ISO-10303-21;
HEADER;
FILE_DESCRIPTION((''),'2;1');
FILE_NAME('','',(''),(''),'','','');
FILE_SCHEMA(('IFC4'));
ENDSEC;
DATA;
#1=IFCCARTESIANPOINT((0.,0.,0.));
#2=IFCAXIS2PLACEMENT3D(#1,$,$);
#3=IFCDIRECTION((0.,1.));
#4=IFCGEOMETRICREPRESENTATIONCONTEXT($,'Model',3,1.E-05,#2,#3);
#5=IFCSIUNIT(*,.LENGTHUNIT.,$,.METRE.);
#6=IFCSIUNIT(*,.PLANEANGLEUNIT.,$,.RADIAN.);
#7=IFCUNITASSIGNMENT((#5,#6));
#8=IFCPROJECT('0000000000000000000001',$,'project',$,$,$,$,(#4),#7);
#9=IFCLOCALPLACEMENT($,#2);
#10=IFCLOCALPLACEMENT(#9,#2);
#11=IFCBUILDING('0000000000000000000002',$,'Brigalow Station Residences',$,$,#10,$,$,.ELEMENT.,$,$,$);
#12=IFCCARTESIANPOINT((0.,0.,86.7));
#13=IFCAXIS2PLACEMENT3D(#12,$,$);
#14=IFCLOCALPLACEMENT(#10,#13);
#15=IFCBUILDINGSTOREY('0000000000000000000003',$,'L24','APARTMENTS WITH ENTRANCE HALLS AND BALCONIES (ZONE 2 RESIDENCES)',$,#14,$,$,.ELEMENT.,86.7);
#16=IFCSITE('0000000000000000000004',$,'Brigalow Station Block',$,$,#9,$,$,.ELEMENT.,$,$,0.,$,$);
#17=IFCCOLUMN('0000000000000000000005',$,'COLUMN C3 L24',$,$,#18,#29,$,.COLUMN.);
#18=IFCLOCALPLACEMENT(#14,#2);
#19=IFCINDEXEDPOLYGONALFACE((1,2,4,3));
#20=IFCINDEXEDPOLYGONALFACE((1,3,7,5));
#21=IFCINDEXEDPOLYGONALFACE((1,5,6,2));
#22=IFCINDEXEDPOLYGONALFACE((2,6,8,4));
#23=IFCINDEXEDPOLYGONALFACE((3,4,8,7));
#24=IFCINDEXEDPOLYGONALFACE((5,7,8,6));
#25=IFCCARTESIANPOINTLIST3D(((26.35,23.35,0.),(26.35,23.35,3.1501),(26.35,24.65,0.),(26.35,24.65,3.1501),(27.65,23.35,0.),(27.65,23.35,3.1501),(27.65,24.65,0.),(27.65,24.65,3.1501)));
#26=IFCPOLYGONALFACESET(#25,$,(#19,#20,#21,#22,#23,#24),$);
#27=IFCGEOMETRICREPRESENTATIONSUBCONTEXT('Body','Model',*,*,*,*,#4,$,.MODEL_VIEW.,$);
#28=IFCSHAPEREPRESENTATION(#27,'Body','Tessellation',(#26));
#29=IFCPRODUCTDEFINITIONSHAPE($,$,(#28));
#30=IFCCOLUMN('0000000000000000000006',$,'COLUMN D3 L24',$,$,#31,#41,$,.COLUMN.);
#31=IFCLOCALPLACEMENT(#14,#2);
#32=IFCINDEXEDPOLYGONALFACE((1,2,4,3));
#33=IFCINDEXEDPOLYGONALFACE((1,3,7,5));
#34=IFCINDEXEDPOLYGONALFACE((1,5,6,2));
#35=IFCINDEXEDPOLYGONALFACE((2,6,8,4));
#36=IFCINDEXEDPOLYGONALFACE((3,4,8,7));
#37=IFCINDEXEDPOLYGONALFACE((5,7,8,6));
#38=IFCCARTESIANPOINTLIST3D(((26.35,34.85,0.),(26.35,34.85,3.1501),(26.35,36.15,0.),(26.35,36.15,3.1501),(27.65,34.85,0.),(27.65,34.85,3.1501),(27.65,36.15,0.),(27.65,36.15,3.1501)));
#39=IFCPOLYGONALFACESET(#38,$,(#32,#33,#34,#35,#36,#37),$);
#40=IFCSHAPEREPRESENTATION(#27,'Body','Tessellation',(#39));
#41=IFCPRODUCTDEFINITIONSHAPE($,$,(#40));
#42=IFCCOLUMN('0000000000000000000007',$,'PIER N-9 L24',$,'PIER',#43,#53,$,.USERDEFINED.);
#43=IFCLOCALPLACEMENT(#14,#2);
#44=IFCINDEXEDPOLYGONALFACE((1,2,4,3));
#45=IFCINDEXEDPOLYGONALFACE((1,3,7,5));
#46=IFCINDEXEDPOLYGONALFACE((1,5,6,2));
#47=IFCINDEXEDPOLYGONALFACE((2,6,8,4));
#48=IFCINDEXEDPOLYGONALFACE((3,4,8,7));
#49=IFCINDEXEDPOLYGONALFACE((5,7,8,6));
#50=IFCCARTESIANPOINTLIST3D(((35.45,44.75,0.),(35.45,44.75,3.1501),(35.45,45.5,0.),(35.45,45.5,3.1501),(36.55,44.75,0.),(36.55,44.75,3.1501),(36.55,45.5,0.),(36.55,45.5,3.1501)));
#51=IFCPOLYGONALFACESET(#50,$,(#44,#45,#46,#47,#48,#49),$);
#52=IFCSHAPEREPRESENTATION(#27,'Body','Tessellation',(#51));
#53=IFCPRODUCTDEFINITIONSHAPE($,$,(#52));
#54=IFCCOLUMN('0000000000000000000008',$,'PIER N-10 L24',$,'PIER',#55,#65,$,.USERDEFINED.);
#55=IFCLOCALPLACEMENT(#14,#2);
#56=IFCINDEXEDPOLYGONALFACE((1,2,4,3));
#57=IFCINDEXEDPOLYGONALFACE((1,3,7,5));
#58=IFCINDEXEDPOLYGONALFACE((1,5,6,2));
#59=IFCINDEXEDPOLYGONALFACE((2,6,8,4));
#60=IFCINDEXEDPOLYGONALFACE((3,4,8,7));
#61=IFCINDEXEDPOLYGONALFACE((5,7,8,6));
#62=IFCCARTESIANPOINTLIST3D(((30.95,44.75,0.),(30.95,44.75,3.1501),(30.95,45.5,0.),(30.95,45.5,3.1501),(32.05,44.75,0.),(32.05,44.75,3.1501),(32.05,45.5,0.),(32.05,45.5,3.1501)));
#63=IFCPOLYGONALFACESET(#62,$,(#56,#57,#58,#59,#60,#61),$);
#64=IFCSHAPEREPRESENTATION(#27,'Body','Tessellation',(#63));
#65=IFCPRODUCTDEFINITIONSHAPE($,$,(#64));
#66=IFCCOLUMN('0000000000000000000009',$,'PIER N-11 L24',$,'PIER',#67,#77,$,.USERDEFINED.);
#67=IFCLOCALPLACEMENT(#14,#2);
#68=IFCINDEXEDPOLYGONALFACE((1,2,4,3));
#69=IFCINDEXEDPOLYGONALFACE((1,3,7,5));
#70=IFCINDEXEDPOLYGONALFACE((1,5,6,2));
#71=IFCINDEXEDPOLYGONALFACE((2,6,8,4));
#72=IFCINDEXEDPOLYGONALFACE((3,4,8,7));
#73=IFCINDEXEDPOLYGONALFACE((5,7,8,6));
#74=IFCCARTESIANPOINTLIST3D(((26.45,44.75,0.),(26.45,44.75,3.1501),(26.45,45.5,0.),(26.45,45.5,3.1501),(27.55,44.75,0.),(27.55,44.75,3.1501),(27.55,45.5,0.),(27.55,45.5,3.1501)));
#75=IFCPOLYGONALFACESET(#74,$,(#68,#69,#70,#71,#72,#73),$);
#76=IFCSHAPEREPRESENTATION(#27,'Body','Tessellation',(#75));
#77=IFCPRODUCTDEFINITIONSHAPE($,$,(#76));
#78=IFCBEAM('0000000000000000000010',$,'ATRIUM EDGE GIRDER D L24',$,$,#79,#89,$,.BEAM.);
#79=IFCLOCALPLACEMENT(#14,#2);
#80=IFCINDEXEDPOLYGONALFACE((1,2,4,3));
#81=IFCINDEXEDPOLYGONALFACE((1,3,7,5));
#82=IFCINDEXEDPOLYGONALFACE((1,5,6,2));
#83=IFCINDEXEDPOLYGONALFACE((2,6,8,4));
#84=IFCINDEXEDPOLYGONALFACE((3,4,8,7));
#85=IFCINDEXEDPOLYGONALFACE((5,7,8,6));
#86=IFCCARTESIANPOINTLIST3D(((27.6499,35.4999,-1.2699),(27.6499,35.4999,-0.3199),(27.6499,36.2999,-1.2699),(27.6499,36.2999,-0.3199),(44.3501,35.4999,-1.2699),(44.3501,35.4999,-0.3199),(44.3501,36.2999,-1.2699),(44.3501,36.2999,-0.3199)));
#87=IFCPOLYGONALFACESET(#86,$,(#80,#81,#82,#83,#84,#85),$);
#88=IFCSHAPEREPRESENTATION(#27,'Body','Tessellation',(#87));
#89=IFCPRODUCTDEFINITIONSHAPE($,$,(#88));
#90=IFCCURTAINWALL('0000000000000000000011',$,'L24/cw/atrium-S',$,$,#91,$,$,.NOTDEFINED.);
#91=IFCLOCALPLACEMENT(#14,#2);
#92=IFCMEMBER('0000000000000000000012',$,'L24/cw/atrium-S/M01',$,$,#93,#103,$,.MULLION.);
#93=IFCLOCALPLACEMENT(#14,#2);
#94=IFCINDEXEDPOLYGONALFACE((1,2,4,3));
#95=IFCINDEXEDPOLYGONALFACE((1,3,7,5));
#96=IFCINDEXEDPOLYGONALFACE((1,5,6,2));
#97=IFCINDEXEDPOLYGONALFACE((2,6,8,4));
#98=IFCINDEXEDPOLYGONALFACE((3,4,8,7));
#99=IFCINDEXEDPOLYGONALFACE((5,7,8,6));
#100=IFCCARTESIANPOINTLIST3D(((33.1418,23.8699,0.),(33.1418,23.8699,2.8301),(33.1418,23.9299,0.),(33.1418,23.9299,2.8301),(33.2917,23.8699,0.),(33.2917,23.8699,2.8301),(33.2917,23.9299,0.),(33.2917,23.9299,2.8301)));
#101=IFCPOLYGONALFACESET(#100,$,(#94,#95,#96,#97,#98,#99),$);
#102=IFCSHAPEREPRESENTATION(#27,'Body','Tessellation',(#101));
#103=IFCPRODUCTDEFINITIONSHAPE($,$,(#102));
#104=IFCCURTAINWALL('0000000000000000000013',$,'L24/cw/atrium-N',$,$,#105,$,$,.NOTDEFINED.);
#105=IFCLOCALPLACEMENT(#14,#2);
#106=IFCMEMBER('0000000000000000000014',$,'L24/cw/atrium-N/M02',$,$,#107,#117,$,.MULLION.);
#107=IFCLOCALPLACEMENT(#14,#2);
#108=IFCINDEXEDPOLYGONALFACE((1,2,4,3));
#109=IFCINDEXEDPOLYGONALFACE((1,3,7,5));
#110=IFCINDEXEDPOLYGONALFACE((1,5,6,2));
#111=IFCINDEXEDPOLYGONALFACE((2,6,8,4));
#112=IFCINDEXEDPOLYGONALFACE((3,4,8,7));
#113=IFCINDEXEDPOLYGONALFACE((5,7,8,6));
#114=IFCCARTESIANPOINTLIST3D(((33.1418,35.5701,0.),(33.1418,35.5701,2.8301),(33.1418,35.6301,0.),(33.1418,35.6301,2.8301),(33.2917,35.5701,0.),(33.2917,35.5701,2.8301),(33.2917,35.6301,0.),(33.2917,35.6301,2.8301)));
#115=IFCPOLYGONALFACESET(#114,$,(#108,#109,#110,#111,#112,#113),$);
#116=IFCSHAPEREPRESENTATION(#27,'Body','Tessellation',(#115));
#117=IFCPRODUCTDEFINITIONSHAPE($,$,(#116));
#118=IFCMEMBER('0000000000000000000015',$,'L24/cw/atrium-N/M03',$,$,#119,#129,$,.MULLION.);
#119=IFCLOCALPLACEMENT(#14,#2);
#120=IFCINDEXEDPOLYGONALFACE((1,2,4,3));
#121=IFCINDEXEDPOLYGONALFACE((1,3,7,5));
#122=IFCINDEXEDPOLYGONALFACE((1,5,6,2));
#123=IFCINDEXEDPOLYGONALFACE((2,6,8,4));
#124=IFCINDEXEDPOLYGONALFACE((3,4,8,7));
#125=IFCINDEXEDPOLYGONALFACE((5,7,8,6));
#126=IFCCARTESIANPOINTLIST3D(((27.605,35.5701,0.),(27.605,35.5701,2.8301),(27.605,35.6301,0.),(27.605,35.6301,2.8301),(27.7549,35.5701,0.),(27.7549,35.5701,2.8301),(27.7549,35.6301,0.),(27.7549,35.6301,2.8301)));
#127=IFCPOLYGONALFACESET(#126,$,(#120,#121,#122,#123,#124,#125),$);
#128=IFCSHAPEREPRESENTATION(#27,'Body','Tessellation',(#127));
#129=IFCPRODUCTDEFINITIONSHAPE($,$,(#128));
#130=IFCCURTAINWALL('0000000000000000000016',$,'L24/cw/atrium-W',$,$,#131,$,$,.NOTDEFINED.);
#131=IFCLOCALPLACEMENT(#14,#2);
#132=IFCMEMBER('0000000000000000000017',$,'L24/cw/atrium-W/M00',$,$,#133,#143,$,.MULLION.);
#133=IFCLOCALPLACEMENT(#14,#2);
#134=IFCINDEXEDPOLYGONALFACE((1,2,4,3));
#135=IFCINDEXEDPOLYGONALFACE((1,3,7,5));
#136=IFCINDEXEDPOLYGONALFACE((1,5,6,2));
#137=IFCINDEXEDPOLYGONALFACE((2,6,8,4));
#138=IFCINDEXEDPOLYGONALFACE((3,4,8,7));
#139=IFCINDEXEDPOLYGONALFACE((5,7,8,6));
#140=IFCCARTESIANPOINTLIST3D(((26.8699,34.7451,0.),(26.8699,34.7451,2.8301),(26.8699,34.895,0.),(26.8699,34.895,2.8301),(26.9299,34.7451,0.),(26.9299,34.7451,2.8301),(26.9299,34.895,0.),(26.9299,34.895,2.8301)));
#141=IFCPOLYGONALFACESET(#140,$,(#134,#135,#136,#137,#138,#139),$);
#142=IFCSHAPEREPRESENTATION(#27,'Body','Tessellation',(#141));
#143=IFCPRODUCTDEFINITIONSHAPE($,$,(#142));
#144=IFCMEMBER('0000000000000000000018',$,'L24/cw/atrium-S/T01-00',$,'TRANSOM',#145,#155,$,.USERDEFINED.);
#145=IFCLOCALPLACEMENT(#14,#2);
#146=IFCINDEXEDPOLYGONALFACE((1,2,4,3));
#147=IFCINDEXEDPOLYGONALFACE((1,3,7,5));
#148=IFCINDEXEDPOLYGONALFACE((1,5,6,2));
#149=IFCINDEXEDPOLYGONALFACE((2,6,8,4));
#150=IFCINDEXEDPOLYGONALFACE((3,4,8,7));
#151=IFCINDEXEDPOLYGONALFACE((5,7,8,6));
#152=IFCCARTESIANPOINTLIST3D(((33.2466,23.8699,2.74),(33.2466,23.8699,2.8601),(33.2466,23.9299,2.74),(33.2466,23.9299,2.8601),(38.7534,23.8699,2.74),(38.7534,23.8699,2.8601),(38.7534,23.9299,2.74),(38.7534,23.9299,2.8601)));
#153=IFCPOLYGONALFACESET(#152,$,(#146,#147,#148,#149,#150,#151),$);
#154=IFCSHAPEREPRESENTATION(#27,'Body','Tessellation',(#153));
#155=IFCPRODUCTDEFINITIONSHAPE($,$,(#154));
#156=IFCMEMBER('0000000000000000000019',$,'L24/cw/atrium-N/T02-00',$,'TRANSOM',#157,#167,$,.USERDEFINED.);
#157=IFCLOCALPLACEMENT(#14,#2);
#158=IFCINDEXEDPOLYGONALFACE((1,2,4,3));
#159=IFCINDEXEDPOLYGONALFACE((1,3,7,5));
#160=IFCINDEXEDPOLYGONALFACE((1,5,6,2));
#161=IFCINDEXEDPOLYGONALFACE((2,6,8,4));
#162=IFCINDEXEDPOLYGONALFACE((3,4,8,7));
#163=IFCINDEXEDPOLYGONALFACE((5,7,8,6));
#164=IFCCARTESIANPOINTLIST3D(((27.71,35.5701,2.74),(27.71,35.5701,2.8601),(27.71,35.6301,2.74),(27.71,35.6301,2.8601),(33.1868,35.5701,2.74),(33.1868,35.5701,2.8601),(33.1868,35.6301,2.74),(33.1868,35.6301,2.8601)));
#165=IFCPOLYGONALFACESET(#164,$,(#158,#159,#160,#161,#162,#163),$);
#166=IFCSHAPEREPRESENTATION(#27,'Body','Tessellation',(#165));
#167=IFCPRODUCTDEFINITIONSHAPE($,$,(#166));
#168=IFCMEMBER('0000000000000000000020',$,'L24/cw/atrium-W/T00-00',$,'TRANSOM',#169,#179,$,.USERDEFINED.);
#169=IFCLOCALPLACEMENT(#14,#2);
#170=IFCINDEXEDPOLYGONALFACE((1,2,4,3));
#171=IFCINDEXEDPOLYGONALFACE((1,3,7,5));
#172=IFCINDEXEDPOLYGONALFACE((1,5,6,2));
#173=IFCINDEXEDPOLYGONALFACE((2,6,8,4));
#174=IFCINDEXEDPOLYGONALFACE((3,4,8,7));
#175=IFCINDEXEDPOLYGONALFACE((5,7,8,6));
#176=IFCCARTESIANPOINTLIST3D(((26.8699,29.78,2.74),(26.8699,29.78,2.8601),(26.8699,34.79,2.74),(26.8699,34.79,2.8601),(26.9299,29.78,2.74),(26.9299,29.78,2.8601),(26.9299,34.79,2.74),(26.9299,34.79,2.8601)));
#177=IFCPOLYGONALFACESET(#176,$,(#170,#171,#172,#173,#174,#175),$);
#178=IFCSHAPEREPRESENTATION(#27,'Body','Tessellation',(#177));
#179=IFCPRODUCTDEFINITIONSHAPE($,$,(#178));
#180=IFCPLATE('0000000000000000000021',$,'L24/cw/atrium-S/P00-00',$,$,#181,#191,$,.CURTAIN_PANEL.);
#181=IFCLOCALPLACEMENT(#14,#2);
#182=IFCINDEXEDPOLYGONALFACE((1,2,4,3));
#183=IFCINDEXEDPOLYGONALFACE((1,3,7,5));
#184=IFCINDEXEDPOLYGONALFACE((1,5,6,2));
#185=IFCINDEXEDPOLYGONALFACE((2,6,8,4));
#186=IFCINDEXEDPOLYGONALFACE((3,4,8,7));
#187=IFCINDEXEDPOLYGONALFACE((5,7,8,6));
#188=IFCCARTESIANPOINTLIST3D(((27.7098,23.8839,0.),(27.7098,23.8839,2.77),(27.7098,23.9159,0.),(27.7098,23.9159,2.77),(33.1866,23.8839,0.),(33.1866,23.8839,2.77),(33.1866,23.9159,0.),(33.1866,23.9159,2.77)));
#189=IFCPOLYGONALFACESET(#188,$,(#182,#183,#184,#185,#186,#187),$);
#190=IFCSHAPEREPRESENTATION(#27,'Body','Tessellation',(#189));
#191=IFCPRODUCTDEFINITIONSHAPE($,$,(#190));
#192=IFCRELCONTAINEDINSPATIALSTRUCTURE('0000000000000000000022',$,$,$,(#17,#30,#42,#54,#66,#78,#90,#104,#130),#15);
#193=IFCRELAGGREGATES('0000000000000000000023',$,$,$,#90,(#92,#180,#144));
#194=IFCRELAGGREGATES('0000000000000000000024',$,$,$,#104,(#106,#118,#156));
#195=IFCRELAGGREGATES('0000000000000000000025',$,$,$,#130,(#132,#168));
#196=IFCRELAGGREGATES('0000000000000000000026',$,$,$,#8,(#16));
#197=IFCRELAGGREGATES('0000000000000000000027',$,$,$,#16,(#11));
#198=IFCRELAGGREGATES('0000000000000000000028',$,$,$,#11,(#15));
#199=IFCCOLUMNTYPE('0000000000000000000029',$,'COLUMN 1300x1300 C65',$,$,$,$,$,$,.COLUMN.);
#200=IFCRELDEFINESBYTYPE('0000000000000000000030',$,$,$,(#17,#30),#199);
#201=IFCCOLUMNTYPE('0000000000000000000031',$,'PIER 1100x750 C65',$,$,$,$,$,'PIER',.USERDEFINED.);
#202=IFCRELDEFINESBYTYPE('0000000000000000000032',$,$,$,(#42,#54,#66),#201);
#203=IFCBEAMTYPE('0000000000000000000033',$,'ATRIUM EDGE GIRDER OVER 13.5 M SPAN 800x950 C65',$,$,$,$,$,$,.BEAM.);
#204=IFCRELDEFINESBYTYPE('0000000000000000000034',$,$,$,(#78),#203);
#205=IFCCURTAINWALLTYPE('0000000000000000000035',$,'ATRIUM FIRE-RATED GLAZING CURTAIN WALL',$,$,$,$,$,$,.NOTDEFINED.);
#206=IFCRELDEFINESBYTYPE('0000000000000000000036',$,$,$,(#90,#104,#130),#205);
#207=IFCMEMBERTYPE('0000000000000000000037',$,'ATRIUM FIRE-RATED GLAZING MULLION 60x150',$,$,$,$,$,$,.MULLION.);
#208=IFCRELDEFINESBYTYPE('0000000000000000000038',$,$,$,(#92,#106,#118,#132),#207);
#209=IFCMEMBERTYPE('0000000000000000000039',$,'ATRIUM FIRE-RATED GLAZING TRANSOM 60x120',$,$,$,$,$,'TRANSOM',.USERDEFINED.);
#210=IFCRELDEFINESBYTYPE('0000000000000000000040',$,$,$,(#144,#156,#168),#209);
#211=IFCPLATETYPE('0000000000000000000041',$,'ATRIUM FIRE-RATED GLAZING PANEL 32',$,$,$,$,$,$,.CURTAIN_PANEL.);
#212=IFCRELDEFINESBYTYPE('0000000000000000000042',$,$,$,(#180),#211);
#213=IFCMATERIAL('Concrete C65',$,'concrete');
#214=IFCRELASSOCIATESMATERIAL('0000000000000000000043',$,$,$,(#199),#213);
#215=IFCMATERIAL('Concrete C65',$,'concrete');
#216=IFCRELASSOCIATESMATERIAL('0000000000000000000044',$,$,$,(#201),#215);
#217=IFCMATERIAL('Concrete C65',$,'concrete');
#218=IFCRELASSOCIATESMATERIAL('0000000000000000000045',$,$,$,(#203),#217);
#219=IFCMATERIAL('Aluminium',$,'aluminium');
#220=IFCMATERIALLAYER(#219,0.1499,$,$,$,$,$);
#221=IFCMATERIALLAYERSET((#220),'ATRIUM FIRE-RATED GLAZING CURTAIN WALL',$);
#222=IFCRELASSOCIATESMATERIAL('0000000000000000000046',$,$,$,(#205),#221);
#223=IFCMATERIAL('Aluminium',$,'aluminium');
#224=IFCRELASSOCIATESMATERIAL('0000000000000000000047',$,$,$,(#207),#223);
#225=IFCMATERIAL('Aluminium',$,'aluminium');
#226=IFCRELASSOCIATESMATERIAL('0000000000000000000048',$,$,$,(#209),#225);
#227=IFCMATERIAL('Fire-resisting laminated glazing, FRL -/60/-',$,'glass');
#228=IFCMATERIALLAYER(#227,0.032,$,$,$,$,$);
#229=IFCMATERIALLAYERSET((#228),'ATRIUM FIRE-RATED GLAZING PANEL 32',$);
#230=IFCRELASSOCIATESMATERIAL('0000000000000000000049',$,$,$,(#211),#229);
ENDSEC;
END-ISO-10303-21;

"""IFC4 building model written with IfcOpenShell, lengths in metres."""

from ifc_helpers import new_model, si_unit, direction, frame, origin, origin_2d, place, context, subcontext, project, spatial, rectangle, extrude, material, layer, layer_set, material_profile, profile_set, type_object, element, aggregate, save


model = new_model("IFC4")

# Units and contexts
model_context = context("Model", 3, precision=1e-05, world=origin(), true_north=direction((0.0, 1.0)))
body_context = subcontext(model_context, "Body", "Model", "MODEL_VIEW")
ifc_project = project(units=[si_unit("LENGTHUNIT", "METRE"), si_unit("PLANEANGLEUNIT", "RADIAN")], contexts=[model_context])

# Site, building, storey
site_placement = place(None, origin())
site = spatial("IfcSite", under=ifc_project, at=site_placement, Name="Brigalow Station Block", CompositionType="ELEMENT", RefElevation=0.0)
building_placement = place(site_placement, origin())
building = spatial("IfcBuilding", under=site, at=building_placement, Name="Brigalow Station Residences", CompositionType="ELEMENT")
storey_placement = place(building_placement, frame((0.0, 0.0, 86.7)))
storey = spatial("IfcBuildingStorey", under=building, at=storey_placement, Name="L24", Description="APARTMENTS WITH ENTRANCE HALLS AND BALCONIES (ZONE 2 RESIDENCES)", CompositionType="ELEMENT", Elevation=86.7)

# Columns
ifc_material_1 = material(Name="Concrete C65", Category="concrete")
ifc_material_profile_1 = material_profile(ifc_material_1, rectangle(XDim=1.3, YDim=1.3, at=origin_2d()), Name="RC1300x1300")
ifc_profile_set_1 = profile_set([ifc_material_profile_1], Name="Concrete C65")
column_type_1 = type_object("IfcColumnType", Name="COLUMN 1300x1300 C65", PredefinedType="COLUMN", material=ifc_profile_set_1)
for number, where, z_axis, x_axis, name in (
    (1, (27.0, 24.0, 0.0), (0.0, 0.0, 1.0), (1.0, 0.0, 0.0), "COLUMN C3 L24"),
    (2, (27.0, 35.5, 0.0), (0.0, 0.0, 1.0), (1.0, 0.0, 0.0), "COLUMN D3 L24"),
):
    element("IfcColumn", number, at=place(storey_placement, frame(where, z_axis=z_axis, x_axis=x_axis)), inside=storey, type_object=column_type_1, Name=name, PredefinedType="COLUMN", context=body_context, shape_type="SweptSolid", body=[
        extrude(rectangle(XDim=1.3, YDim=1.3, at=origin_2d()), origin(), (0.0, 0.0, 1.0), 3.1501),
    ])
ifc_material_2 = material(Name="Concrete C65", Category="concrete")
ifc_material_profile_2 = material_profile(ifc_material_2, rectangle(XDim=1.1001, YDim=0.75, at=origin_2d()), Name="RC1100x750")
ifc_profile_set_2 = profile_set([ifc_material_profile_2], Name="Concrete C65")
column_type_2 = type_object("IfcColumnType", Name="PIER 1100x750 C65", ElementType="PIER", PredefinedType="USERDEFINED", material=ifc_profile_set_2)
for number, where, z_axis, x_axis, name in (
    (3, (36.0, 45.125, 0.0), (0.0, 0.0, 1.0), (-1.0, 0.0, 0.0), "PIER N-9 L24"),
    (4, (31.5, 45.125, 0.0), (0.0, 0.0, 1.0), (-1.0, 0.0, 0.0), "PIER N-10 L24"),
    (5, (27.0, 45.125, 0.0), (0.0, 0.0, 1.0), (-1.0, 0.0, 0.0), "PIER N-11 L24"),
):
    element("IfcColumn", number, at=place(storey_placement, frame(where, z_axis=z_axis, x_axis=x_axis)), inside=storey, type_object=column_type_2, Name=name, ObjectType="PIER", PredefinedType="USERDEFINED", context=body_context, shape_type="SweptSolid", body=[
        extrude(rectangle(XDim=1.1001, YDim=0.75, at=origin_2d()), origin(), (0.0, 0.0, 1.0), 3.1501),
    ])

# Beam
ifc_material_3 = material(Name="Concrete C65", Category="concrete")
ifc_material_profile_3 = material_profile(ifc_material_3, rectangle(XDim=0.8, YDim=0.95, at=origin_2d()), Name="RC800x950")
ifc_profile_set_3 = profile_set([ifc_material_profile_3], Name="Concrete C65")
beam_type = type_object("IfcBeamType", Name="ATRIUM EDGE GIRDER OVER 13.5 M SPAN 800x950 C65", PredefinedType="BEAM", material=ifc_profile_set_3)
beam_placement = place(storey_placement, frame((27.6499, 35.8999, -0.7949), z_axis=(1.0, 0.0, 0.0), x_axis=(0.0, 1.0, 0.0)))
element("IfcBeam", 6, at=beam_placement, inside=storey, type_object=beam_type, Name="ATRIUM EDGE GIRDER D L24", PredefinedType="BEAM", context=body_context, shape_type="SweptSolid", body=[
    extrude(rectangle(XDim=0.8, YDim=0.95, at=origin_2d()), origin(), (0.0, 0.0, 1.0), 16.7002),
])

# Curtain wall, member
ifc_material_4 = material(Name="Aluminium", Category="aluminium")
ifc_layer_1 = layer(ifc_material_4, 0.1499)
ifc_layer_set_1 = layer_set([ifc_layer_1], Name="ATRIUM FIRE-RATED GLAZING CURTAIN WALL")
curtain_wall_type = type_object("IfcCurtainWallType", Name="ATRIUM FIRE-RATED GLAZING CURTAIN WALL", PredefinedType="NOTDEFINED", material=ifc_layer_set_1)
curtain_wall_1_placement = place(storey_placement, origin())
curtain_wall_1 = element("IfcCurtainWall", 7, at=curtain_wall_1_placement, inside=storey, type_object=curtain_wall_type, Name="L24/cw/atrium-S", PredefinedType="NOTDEFINED")
ifc_material_5 = material(Name="Aluminium", Category="aluminium")
ifc_material_profile_4 = material_profile(ifc_material_5, rectangle(XDim=0.0601, YDim=0.1499, at=origin_2d()), Name="ATRIUM FIRE-RATED GLAZING MULLION 60x150")
ifc_profile_set_4 = profile_set([ifc_material_profile_4], Name="Aluminium")
member_type_1 = type_object("IfcMemberType", Name="ATRIUM FIRE-RATED GLAZING MULLION 60x150", PredefinedType="MULLION", material=ifc_profile_set_4)
member_1_placement = place(storey_placement, frame((33.2168, 23.8999, 0.0), z_axis=(0.0, 0.0, 1.0), x_axis=(0.0, 1.0, 0.0)))
member_1 = element("IfcMember", 8, at=member_1_placement, type_object=member_type_1, Name="L24/cw/atrium-S/M01", PredefinedType="MULLION", context=body_context, shape_type="SweptSolid", body=[
    extrude(rectangle(XDim=0.0601, YDim=0.1499, at=origin_2d()), origin(), (0.0, 0.0, 1.0), 2.8301),
])

# Curtain wall, members
curtain_wall_2_placement = place(storey_placement, origin())
curtain_wall_2 = element("IfcCurtainWall", 9, at=curtain_wall_2_placement, inside=storey, type_object=curtain_wall_type, Name="L24/cw/atrium-N", PredefinedType="NOTDEFINED")
member_2_placement = place(storey_placement, frame((33.2168, 35.6001, 0.0), z_axis=(0.0, 0.0, 1.0), x_axis=(0.0, -1.0, 0.0)))
member_2 = element("IfcMember", 10, at=member_2_placement, type_object=member_type_1, Name="L24/cw/atrium-N/M02", PredefinedType="MULLION", context=body_context, shape_type="SweptSolid", body=[
    extrude(rectangle(XDim=0.0601, YDim=0.1499, at=origin_2d()), origin(), (0.0, 0.0, 1.0), 2.8301),
])
member_3_placement = place(storey_placement, frame((27.6799, 35.6001, 0.0), z_axis=(0.0, 0.0, 1.0), x_axis=(0.0, -1.0, 0.0)))
member_3 = element("IfcMember", 11, at=member_3_placement, type_object=member_type_1, Name="L24/cw/atrium-N/M03", PredefinedType="MULLION", context=body_context, shape_type="SweptSolid", body=[
    extrude(rectangle(XDim=0.0601, YDim=0.1499, at=origin_2d()), origin(), (0.0, 0.0, 1.0), 2.8301),
])

# Curtain wall, member
curtain_wall_3_placement = place(storey_placement, origin())
curtain_wall_3 = element("IfcCurtainWall", 12, at=curtain_wall_3_placement, inside=storey, type_object=curtain_wall_type, Name="L24/cw/atrium-W", PredefinedType="NOTDEFINED")
member_4_placement = place(storey_placement, frame((26.8999, 34.8201, 0.0), z_axis=(0.0, 0.0, 1.0), x_axis=(1.0, 0.0, 0.0)))
member_4 = element("IfcMember", 13, at=member_4_placement, type_object=member_type_1, Name="L24/cw/atrium-W/M00", PredefinedType="MULLION", context=body_context, shape_type="SweptSolid", body=[
    extrude(rectangle(XDim=0.0601, YDim=0.1499, at=origin_2d()), origin(), (0.0, 0.0, 1.0), 2.8301),
])

# Members
ifc_material_6 = material(Name="Aluminium", Category="aluminium")
ifc_material_profile_5 = material_profile(ifc_material_6, rectangle(XDim=0.0601, YDim=0.1201, at=origin_2d()), Name="ATRIUM FIRE-RATED GLAZING TRANSOM 60x120")
ifc_profile_set_5 = profile_set([ifc_material_profile_5], Name="Aluminium")
member_type_2 = type_object("IfcMemberType", Name="ATRIUM FIRE-RATED GLAZING TRANSOM 60x120", ElementType="TRANSOM", PredefinedType="USERDEFINED", material=ifc_profile_set_5)
member_5_placement = place(storey_placement, frame((33.2466, 23.8999, 2.8), z_axis=(1.0, 0.0, 0.0), x_axis=(0.0, 1.0, 0.0)))
member_5 = element("IfcMember", 14, at=member_5_placement, type_object=member_type_2, Name="L24/cw/atrium-S/T01-00", ObjectType="TRANSOM", PredefinedType="USERDEFINED", context=body_context, shape_type="SweptSolid", body=[
    extrude(rectangle(XDim=0.0601, YDim=0.1201, at=origin_2d()), origin(), (0.0, 0.0, 1.0), 5.5068),
])
member_6_placement = place(storey_placement, frame((33.1868, 35.6001, 2.8), z_axis=(-1.0, 0.0, 0.0), x_axis=(0.0, -1.0, 0.0)))
member_6 = element("IfcMember", 15, at=member_6_placement, type_object=member_type_2, Name="L24/cw/atrium-N/T02-00", ObjectType="TRANSOM", PredefinedType="USERDEFINED", context=body_context, shape_type="SweptSolid", body=[
    extrude(rectangle(XDim=0.0601, YDim=0.1201, at=origin_2d()), origin(), (0.0, 0.0, 1.0), 5.4768),
])
member_7_placement = place(storey_placement, frame((26.8999, 34.79, 2.8), z_axis=(0.0, -1.0, 0.0), x_axis=(1.0, 0.0, 0.0)))
member_7 = element("IfcMember", 16, at=member_7_placement, type_object=member_type_2, Name="L24/cw/atrium-W/T00-00", ObjectType="TRANSOM", PredefinedType="USERDEFINED", context=body_context, shape_type="SweptSolid", body=[
    extrude(rectangle(XDim=0.0601, YDim=0.1201, at=origin_2d()), origin(), (0.0, 0.0, 1.0), 5.01),
])

# Plate
ifc_material_7 = material(Name="Fire-resisting laminated glazing, FRL -/60/-", Category="glass")
ifc_layer_2 = layer(ifc_material_7, 0.032)
ifc_layer_set_2 = layer_set([ifc_layer_2], Name="ATRIUM FIRE-RATED GLAZING PANEL 32")
plate_type = type_object("IfcPlateType", Name="ATRIUM FIRE-RATED GLAZING PANEL 32", PredefinedType="CURTAIN_PANEL", material=ifc_layer_set_2)
plate_1_placement = place(storey_placement, frame((30.4482, 23.8999, 0.0), z_axis=(0.0, 0.0, 1.0), x_axis=(1.0, 0.0, 0.0)))
plate_1 = element("IfcPlate", 17, at=plate_1_placement, type_object=plate_type, Name="L24/cw/atrium-S/P00-00", PredefinedType="CURTAIN_PANEL", context=body_context, shape_type="SweptSolid", body=[
    extrude(rectangle(XDim=5.4768, YDim=0.032, at=origin_2d()), origin(), (0.0, 0.0, 1.0), 2.77),
])
aggregate(curtain_wall_1, [member_1, plate_1, member_5])
aggregate(curtain_wall_2, [member_2, member_3, member_6])
aggregate(curtain_wall_3, [member_4, member_7])

save(model, "model.ifc")
